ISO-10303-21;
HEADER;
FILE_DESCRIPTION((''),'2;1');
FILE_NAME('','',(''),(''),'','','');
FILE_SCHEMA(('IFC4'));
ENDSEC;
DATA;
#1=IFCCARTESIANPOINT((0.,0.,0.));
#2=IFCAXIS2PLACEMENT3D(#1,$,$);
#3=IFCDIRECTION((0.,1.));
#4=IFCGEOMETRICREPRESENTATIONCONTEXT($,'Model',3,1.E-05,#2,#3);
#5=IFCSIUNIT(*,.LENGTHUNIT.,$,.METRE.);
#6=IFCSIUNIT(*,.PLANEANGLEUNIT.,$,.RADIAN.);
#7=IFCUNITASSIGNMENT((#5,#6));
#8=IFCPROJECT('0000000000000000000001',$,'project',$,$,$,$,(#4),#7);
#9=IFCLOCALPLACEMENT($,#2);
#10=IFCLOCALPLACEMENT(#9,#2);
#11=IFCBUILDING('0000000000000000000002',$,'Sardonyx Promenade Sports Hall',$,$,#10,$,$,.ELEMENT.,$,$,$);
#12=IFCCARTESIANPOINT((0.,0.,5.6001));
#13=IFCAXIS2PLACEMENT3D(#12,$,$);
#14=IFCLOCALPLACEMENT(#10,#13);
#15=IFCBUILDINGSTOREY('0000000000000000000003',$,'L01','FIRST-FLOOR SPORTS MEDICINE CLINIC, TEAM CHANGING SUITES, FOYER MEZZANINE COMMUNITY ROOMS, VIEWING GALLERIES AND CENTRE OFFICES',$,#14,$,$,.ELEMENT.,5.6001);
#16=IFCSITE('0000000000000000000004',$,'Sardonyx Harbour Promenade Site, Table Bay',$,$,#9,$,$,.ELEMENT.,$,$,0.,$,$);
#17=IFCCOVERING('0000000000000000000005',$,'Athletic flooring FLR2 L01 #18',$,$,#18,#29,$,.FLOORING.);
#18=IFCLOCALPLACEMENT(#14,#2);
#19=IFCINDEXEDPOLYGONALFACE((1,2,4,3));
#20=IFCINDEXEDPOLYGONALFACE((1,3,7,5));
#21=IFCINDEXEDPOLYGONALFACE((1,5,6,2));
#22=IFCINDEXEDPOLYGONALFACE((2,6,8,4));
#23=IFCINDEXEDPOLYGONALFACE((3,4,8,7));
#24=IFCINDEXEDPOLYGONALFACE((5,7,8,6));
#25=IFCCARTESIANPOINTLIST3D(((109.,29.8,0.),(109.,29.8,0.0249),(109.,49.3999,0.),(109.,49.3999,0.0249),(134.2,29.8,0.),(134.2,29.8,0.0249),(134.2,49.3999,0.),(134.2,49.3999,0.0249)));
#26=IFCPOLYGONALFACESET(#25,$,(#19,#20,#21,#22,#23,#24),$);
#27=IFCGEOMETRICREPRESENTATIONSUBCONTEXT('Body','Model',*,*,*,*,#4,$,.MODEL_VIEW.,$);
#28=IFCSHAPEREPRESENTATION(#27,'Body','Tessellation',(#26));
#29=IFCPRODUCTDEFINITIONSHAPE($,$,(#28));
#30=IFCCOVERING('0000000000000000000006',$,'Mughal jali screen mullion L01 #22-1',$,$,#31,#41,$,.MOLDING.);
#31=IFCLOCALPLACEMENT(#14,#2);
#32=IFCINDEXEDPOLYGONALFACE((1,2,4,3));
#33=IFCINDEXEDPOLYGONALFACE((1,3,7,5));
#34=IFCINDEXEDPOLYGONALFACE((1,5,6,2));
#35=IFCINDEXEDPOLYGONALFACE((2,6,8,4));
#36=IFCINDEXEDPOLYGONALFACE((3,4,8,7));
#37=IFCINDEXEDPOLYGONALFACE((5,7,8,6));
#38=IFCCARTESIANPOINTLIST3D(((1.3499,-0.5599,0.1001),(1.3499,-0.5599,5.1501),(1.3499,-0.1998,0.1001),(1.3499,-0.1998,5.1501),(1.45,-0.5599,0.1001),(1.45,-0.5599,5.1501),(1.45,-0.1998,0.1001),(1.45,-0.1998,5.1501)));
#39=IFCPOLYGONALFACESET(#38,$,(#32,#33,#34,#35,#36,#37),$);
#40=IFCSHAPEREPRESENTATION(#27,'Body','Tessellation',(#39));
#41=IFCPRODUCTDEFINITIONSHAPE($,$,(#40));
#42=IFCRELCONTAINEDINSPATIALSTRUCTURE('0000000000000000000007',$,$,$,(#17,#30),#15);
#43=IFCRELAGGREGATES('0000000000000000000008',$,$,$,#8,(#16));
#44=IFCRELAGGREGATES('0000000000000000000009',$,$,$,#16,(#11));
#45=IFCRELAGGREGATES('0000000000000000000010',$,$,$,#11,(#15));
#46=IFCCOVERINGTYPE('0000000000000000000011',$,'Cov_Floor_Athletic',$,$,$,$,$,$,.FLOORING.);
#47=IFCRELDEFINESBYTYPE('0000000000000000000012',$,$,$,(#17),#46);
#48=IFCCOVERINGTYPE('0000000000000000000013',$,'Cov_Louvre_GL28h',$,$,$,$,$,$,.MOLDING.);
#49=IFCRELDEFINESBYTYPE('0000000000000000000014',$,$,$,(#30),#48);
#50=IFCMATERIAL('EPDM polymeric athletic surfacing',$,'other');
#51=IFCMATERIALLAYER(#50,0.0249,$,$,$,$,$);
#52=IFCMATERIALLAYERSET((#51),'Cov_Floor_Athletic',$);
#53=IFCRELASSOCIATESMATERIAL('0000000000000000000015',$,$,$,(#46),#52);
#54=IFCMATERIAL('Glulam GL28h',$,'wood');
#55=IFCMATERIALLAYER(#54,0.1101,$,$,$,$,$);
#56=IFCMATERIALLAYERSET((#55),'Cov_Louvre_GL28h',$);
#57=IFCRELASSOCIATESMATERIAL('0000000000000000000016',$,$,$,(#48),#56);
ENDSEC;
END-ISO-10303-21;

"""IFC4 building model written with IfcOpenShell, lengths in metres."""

from ifc_helpers import new_model, si_unit, direction, frame, origin, origin_2d, place, context, subcontext, project, spatial, polyline, rectangle, outline, extrude, material, layer, layer_set, type_object, element, save


model = new_model("IFC4")

# Units and contexts
model_context = context("Model", 3, precision=1e-05, world=origin(), true_north=direction((0.0, 1.0)))
body_context = subcontext(model_context, "Body", "Model", "MODEL_VIEW")
ifc_project = project(units=[si_unit("LENGTHUNIT", "METRE"), si_unit("PLANEANGLEUNIT", "RADIAN")], contexts=[model_context])

# Site, building, storey
site_placement = place(None, origin())
site = spatial("IfcSite", under=ifc_project, at=site_placement, Name="Sardonyx Harbour Promenade Site, Table Bay", CompositionType="ELEMENT", RefElevation=0.0)
building_placement = place(site_placement, origin())
building = spatial("IfcBuilding", under=site, at=building_placement, Name="Sardonyx Promenade Sports Hall", CompositionType="ELEMENT")
storey_placement = place(building_placement, frame((0.0, 0.0, 5.6001)))
storey = spatial("IfcBuildingStorey", under=building, at=storey_placement, Name="L01", Description="FIRST-FLOOR SPORTS MEDICINE CLINIC, TEAM CHANGING SUITES, FOYER MEZZANINE COMMUNITY ROOMS, VIEWING GALLERIES AND CENTRE OFFICES", CompositionType="ELEMENT", Elevation=5.6001)

# Coverings
ifc_material_1 = material(Name="EPDM polymeric athletic surfacing", Category="other")
ifc_layer_1 = layer(ifc_material_1, 0.0249)
ifc_layer_set_1 = layer_set([ifc_layer_1], Name="Cov_Floor_Athletic")
covering_type_1 = type_object("IfcCoveringType", Name="Cov_Floor_Athletic", PredefinedType="FLOORING", material=ifc_layer_set_1)
covering_1_placement = place(storey_placement, origin())
element("IfcCovering", 1, at=covering_1_placement, inside=storey, type_object=covering_type_1, Name="Athletic flooring FLR2 L01 #18", PredefinedType="FLOORING", context=body_context, shape_type="SweptSolid", body=[
    extrude(outline(polyline([(109.0, 29.8), (134.2, 29.8), (134.2, 49.3999), (109.0, 49.3999), (109.0, 29.8)])), origin(), (0.0, 0.0, 1.0), 0.0249),
])
ifc_material_2 = material(Name="Glulam GL28h", Category="wood")
ifc_layer_2 = layer(ifc_material_2, 0.1101)
ifc_layer_set_2 = layer_set([ifc_layer_2], Name="Cov_Louvre_GL28h")
covering_type_2 = type_object("IfcCoveringType", Name="Cov_Louvre_GL28h", PredefinedType="MOLDING", material=ifc_layer_set_2)
covering_2_placement = place(storey_placement, frame((1.3999, -0.3799, 0.1001), z_axis=(0.0, 0.0, 1.0), x_axis=(1.0, 0.0, 0.0)))
element("IfcCovering", 2, at=covering_2_placement, inside=storey, type_object=covering_type_2, Name="Mughal jali screen mullion L01 #22-1", PredefinedType="MOLDING", context=body_context, shape_type="SweptSolid", body=[
    extrude(rectangle(XDim=0.1001, YDim=0.3601, at=origin_2d()), origin(), (0.0, 0.0, 1.0), 5.05),
])

save(model, "model.ifc")
